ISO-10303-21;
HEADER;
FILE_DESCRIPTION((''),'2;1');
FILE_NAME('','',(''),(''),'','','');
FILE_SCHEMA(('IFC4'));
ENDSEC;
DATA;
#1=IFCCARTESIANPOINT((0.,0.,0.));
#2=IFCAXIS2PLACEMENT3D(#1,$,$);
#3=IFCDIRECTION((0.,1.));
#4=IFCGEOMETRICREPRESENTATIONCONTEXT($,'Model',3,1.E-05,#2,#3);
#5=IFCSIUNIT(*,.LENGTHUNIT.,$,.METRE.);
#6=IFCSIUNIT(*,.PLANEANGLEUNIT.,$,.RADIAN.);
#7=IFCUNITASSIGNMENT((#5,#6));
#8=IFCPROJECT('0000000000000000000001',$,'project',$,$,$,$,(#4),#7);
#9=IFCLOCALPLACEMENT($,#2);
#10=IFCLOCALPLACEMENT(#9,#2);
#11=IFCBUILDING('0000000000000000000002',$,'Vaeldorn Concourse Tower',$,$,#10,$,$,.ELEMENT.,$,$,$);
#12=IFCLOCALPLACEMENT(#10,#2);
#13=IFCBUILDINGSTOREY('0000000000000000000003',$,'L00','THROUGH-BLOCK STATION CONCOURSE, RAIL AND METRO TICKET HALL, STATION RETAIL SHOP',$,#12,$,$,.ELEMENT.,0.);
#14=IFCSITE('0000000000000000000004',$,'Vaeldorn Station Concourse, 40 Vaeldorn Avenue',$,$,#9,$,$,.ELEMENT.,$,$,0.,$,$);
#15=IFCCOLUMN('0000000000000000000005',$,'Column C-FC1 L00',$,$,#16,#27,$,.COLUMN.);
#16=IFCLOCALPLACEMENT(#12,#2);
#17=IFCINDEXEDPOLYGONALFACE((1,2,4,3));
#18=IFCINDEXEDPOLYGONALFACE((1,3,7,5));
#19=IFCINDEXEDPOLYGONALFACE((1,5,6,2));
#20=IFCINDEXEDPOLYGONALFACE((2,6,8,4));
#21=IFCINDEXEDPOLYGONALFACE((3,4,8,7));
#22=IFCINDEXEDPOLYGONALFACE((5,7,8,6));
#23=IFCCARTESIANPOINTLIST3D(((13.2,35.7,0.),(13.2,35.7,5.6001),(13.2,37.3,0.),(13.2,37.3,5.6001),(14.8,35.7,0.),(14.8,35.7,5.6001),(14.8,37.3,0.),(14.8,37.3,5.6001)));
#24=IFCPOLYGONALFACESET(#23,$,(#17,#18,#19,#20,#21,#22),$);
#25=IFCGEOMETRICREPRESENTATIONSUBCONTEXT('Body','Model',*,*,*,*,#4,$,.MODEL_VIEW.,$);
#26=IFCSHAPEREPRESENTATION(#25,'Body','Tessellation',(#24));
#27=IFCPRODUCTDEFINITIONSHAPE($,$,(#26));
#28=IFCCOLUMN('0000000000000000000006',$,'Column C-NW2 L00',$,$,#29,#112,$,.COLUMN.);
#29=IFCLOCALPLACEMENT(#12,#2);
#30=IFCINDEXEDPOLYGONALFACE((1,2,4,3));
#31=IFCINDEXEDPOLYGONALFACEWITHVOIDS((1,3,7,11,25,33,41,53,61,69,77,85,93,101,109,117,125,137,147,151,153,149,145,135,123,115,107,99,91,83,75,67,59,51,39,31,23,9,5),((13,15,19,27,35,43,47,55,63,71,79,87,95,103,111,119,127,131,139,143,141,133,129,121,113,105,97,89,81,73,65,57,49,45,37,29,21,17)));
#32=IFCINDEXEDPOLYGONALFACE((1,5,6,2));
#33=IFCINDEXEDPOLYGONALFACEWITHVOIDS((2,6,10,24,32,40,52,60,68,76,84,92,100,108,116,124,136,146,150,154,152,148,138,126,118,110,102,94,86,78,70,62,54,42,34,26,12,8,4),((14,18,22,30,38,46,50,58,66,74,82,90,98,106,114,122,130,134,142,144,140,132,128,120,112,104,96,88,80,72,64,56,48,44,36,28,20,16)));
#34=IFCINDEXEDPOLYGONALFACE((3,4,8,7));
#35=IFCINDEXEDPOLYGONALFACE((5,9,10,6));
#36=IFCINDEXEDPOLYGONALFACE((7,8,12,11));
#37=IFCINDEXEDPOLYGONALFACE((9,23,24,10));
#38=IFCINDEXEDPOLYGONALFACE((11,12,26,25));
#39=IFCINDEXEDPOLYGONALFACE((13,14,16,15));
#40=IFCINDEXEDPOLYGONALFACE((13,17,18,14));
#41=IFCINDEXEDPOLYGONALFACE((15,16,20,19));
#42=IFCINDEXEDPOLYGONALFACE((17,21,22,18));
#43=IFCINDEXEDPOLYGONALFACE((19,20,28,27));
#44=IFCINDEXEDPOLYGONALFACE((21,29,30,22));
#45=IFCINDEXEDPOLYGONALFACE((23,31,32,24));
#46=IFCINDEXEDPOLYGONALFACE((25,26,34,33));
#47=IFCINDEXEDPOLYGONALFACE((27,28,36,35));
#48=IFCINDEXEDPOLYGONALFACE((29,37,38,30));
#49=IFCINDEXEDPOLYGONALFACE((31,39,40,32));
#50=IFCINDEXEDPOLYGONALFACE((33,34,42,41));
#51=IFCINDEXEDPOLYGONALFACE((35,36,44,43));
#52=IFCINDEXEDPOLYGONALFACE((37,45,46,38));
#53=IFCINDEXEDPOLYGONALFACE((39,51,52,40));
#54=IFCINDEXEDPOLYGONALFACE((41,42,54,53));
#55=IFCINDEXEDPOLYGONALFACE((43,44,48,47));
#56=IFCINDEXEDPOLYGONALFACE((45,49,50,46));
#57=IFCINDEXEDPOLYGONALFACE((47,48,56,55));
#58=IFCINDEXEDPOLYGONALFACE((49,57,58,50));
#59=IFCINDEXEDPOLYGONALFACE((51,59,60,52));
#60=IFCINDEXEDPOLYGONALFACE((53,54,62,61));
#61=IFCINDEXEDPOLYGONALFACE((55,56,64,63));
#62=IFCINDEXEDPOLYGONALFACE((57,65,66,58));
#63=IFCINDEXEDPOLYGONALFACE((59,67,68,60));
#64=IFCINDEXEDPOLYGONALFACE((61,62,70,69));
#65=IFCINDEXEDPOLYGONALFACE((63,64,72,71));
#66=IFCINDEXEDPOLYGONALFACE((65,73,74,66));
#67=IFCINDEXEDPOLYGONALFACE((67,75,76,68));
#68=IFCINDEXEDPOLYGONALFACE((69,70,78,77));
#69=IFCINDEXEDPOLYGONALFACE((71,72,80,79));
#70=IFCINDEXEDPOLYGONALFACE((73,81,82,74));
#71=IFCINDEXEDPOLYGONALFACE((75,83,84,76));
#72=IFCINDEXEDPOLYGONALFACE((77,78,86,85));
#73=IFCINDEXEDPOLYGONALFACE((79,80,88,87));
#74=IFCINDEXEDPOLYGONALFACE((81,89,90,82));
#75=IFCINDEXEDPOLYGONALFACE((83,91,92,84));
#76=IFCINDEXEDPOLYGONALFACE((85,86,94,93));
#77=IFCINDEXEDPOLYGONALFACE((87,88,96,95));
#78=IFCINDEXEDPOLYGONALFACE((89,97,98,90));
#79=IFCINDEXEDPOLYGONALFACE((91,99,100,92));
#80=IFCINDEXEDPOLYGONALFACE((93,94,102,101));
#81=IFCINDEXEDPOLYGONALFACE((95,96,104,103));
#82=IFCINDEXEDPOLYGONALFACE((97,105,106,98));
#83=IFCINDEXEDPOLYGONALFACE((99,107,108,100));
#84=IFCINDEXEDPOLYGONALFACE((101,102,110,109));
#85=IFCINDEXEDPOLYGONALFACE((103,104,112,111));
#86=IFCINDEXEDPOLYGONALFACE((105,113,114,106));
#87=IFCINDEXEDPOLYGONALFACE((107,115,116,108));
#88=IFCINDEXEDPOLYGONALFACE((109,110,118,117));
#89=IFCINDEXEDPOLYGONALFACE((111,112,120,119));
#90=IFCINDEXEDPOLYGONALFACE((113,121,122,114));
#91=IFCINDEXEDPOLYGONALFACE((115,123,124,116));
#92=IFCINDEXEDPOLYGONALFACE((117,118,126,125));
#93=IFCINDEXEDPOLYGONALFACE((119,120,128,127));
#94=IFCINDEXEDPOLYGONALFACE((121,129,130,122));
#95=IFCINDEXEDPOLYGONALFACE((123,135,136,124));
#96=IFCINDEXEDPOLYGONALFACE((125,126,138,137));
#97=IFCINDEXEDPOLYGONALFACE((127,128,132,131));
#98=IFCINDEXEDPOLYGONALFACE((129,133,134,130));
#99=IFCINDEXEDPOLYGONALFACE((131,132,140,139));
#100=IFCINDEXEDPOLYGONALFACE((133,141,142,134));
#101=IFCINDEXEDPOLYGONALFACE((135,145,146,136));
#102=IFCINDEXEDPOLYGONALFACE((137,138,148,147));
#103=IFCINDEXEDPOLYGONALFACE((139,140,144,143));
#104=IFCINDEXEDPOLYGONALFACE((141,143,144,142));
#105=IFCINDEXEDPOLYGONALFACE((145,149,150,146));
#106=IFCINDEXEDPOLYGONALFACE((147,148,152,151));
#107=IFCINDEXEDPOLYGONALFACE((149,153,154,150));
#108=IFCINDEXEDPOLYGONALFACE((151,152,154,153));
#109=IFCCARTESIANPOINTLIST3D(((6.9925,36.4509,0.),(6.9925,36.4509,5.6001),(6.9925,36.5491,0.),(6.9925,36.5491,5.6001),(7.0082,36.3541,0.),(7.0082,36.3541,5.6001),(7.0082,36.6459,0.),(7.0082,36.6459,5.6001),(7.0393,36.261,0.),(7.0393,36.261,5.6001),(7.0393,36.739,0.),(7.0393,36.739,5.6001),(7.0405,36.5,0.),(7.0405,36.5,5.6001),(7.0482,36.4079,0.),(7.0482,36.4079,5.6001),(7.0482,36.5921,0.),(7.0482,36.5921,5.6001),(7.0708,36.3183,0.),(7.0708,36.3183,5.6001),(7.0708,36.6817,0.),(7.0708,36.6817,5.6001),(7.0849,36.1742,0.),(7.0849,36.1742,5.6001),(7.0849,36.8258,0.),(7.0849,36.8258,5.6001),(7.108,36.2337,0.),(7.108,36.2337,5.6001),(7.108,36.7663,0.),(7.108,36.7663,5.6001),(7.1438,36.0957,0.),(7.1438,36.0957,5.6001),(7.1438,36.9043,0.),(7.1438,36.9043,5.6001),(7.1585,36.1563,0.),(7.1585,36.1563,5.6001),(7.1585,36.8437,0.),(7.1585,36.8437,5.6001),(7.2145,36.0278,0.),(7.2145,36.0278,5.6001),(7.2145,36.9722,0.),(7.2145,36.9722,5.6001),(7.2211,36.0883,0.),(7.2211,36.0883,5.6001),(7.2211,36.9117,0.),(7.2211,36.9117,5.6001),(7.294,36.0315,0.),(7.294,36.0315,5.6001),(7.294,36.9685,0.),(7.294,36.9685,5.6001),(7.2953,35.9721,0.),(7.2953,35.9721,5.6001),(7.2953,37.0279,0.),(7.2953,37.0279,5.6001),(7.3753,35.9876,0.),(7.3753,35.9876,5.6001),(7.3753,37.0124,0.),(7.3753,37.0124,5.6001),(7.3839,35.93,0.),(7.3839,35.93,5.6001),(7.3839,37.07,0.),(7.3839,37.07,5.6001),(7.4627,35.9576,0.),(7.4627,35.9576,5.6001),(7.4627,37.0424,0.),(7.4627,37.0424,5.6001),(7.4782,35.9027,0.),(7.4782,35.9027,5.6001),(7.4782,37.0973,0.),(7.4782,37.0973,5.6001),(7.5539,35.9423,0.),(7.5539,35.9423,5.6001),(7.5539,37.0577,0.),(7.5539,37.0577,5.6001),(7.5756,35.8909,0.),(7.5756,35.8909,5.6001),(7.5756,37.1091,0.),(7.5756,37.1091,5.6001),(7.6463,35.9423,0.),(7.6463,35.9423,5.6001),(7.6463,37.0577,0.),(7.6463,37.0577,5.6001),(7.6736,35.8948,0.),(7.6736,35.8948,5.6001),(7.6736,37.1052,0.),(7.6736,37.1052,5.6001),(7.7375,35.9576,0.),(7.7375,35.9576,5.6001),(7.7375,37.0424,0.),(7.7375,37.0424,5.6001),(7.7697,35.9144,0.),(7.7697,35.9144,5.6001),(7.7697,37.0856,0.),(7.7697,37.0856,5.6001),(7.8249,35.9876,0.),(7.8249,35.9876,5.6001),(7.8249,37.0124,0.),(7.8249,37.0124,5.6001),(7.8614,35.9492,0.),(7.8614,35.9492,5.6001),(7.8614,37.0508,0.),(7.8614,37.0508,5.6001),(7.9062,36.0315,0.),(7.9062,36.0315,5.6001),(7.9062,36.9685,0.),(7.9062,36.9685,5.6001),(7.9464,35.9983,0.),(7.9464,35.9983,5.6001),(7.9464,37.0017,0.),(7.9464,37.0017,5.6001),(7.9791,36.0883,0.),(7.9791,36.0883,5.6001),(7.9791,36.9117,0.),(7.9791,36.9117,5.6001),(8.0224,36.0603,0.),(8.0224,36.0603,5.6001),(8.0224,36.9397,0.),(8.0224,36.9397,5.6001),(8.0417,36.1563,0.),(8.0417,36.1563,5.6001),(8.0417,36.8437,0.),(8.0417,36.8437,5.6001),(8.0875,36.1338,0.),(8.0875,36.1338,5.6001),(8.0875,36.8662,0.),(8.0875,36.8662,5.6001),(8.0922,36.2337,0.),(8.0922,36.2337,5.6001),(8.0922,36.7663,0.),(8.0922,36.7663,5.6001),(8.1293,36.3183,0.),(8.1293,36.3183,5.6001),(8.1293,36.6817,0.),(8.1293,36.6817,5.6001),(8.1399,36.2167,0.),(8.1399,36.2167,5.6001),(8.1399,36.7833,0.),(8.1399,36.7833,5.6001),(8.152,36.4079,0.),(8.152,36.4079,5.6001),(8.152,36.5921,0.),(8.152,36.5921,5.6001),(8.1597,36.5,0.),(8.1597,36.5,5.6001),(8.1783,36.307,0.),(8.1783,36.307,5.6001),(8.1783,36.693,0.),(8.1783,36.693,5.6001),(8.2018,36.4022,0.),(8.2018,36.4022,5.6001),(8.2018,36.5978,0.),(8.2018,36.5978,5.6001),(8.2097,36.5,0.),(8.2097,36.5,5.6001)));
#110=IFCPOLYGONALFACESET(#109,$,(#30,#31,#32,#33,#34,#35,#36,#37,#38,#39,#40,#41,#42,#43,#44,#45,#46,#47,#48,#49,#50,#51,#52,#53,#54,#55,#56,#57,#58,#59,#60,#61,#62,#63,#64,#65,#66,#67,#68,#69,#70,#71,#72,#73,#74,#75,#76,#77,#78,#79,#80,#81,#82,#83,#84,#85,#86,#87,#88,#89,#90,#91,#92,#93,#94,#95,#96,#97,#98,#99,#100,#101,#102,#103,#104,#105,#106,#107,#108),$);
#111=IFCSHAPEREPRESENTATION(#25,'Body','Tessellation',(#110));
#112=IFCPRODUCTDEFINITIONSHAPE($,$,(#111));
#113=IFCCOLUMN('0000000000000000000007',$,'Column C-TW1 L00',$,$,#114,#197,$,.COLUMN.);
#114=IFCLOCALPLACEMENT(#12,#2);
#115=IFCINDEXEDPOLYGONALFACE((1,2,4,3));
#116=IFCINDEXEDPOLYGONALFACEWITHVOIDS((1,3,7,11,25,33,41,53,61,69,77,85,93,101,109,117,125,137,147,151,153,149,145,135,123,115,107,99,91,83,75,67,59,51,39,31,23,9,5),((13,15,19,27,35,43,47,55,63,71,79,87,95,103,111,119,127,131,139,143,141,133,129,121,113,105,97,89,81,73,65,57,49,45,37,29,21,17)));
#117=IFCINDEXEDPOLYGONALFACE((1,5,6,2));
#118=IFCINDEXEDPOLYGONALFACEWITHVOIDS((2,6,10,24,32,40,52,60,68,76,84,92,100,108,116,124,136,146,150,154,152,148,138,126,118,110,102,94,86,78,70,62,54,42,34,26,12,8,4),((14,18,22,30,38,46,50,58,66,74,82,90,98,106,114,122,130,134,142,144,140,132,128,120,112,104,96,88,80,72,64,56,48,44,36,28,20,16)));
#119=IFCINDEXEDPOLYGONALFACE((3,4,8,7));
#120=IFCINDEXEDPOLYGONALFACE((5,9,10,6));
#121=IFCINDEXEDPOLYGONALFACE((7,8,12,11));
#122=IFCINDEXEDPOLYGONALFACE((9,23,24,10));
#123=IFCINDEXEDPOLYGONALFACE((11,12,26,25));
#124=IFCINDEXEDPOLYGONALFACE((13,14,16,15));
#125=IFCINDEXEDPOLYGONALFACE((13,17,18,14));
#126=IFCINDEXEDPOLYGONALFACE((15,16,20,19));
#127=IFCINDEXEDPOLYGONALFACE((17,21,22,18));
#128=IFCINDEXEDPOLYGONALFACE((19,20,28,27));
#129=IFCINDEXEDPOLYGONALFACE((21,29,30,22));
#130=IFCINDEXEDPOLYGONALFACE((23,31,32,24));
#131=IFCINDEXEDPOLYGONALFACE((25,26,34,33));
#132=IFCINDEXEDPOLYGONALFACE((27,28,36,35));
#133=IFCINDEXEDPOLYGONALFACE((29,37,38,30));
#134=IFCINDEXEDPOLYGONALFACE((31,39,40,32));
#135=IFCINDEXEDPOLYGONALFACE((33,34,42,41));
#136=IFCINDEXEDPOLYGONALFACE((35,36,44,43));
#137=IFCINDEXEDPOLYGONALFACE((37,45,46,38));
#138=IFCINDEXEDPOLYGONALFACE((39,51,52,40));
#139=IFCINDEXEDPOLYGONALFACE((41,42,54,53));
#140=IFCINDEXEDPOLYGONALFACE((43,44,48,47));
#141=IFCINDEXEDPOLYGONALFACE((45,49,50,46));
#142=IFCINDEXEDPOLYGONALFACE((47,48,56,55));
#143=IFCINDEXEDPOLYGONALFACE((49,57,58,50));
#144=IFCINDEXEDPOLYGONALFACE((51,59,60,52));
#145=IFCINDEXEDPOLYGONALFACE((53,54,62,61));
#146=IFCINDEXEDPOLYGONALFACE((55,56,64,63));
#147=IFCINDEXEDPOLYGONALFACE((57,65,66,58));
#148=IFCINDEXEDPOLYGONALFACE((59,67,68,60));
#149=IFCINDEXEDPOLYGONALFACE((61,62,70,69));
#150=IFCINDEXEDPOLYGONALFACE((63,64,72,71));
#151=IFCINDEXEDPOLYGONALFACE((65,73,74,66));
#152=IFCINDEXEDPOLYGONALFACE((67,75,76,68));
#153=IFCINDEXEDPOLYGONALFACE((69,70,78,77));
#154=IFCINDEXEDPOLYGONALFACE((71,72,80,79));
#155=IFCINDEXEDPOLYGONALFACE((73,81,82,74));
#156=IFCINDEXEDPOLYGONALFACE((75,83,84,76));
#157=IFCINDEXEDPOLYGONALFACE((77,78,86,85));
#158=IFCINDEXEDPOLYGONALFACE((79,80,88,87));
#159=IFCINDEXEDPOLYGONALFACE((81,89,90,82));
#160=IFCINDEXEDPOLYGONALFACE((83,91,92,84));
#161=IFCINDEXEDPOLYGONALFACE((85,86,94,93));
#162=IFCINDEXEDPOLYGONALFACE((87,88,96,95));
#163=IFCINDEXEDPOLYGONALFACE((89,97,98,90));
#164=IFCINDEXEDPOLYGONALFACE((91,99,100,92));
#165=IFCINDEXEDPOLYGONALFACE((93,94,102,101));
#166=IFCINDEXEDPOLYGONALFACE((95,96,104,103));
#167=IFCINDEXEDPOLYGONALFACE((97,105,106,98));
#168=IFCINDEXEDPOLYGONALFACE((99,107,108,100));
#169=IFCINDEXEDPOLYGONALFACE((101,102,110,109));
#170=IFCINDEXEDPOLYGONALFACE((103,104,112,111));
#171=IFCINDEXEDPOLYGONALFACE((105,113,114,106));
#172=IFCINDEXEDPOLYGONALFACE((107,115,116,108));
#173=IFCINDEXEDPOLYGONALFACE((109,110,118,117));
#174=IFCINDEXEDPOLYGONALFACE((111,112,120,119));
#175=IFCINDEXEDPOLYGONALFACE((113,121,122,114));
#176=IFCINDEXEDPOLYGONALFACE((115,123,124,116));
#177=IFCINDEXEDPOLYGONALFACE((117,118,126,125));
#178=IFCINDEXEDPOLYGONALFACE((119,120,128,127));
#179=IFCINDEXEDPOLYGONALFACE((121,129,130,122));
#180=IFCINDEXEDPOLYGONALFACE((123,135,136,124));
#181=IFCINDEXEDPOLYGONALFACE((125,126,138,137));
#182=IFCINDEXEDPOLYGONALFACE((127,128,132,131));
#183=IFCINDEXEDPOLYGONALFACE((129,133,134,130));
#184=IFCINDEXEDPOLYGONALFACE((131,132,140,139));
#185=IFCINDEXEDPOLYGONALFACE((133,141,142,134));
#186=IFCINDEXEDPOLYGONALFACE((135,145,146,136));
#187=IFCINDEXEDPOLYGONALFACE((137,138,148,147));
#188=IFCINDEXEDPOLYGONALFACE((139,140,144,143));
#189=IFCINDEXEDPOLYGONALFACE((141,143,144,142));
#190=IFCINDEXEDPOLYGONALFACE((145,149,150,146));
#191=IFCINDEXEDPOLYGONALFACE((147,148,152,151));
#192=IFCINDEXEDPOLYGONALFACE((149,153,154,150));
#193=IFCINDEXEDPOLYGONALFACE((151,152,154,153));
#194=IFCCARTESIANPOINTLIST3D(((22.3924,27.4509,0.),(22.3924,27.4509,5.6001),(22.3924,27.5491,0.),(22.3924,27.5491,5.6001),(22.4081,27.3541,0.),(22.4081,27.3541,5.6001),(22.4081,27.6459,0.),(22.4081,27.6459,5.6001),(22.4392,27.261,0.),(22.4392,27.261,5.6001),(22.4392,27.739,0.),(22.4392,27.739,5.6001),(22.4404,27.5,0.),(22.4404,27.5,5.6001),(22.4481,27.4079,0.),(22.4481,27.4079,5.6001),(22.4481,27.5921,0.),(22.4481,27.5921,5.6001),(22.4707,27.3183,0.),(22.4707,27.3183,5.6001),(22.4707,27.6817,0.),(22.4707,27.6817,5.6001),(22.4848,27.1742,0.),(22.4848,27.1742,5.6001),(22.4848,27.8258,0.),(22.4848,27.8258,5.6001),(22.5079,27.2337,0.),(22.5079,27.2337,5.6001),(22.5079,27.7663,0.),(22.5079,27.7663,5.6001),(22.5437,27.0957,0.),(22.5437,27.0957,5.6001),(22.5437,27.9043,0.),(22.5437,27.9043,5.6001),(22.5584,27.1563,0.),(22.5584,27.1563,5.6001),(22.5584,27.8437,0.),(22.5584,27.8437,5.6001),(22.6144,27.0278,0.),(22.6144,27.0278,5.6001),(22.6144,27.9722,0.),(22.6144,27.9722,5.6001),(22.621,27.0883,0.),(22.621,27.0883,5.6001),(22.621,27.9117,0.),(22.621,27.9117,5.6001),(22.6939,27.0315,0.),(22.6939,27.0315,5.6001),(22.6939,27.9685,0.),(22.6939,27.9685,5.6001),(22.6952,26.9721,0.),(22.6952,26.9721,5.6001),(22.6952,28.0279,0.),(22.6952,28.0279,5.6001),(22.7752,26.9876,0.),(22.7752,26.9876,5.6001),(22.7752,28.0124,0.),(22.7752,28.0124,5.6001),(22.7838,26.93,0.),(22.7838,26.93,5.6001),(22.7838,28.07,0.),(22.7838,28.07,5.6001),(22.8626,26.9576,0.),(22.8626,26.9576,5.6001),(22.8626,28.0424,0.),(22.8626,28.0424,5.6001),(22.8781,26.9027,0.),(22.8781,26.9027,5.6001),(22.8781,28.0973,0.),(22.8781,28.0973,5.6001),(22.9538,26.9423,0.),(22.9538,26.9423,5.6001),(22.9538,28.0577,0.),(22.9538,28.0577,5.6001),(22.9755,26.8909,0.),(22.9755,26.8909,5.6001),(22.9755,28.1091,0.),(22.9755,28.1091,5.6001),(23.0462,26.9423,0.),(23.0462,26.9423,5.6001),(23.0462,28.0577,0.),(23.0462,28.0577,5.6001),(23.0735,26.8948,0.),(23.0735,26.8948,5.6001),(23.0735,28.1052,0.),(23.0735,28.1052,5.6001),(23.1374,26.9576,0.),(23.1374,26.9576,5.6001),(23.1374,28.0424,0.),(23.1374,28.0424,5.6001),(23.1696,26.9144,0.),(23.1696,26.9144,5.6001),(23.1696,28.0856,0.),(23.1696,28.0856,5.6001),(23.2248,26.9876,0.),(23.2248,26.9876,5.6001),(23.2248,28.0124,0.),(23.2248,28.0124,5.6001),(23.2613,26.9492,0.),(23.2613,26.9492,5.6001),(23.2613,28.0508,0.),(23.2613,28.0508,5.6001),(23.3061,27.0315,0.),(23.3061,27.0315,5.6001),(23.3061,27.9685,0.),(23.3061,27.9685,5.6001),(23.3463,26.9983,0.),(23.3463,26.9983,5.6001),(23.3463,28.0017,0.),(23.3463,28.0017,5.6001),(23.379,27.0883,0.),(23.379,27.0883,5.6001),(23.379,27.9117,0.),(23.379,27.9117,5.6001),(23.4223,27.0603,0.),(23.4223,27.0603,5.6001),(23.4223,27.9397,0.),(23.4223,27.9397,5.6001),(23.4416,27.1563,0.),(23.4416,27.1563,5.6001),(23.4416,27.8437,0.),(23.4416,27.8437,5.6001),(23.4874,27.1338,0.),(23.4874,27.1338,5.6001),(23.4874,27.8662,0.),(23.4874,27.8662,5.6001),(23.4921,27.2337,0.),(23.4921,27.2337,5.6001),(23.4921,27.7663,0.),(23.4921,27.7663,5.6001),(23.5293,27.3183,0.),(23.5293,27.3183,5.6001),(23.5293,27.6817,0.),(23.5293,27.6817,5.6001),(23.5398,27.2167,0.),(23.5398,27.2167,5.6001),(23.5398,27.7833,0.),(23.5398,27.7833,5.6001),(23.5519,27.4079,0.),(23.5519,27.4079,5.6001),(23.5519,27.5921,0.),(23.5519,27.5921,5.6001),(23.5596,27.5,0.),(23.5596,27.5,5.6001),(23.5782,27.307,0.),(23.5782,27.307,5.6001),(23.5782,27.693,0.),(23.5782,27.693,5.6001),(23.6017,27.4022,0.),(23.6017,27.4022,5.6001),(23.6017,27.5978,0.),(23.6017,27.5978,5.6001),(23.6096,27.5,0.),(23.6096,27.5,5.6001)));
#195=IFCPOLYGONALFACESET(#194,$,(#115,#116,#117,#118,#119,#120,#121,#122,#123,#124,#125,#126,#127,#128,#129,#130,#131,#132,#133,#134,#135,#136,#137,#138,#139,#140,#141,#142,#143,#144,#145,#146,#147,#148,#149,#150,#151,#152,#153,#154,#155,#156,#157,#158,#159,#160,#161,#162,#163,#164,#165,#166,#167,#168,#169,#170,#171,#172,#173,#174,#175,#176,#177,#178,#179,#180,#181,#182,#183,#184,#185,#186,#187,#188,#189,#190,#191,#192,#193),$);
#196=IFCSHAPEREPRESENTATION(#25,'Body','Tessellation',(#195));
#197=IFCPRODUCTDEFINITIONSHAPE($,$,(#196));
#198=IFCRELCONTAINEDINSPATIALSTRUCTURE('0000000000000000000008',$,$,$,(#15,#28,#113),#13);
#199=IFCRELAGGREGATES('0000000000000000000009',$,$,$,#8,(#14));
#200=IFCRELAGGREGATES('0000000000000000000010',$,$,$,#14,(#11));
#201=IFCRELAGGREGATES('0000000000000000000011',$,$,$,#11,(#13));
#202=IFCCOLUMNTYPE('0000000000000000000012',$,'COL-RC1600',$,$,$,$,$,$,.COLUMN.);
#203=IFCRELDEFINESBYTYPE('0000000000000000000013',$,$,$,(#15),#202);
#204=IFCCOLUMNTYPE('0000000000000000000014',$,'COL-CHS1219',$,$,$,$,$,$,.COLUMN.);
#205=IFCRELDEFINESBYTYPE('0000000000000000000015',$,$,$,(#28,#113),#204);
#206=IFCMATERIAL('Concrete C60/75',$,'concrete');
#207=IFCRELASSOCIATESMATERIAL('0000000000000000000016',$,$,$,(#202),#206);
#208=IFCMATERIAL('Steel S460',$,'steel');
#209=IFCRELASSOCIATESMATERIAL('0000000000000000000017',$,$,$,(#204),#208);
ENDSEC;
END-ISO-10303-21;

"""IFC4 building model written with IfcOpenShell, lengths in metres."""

from ifc_helpers import new_model, si_unit, direction, frame, origin, origin_2d, place, context, subcontext, project, spatial, rectangle, hollow_circle, extrude, source, transform, mapped, material, material_profile, profile_set, type_object, element, save


model = new_model("IFC4")

# Units and contexts
model_context = context("Model", 3, precision=1e-05, world=origin(), true_north=direction((0.0, 1.0)))
body_context = subcontext(model_context, "Body", "Model", "MODEL_VIEW")
ifc_project = project(units=[si_unit("LENGTHUNIT", "METRE"), si_unit("PLANEANGLEUNIT", "RADIAN")], contexts=[model_context])

# Site, building, storey
site_placement = place(None, origin())
site = spatial("IfcSite", under=ifc_project, at=site_placement, Name="Vaeldorn Station Concourse, 40 Vaeldorn Avenue", CompositionType="ELEMENT", RefElevation=0.0)
building_placement = place(site_placement, origin())
building = spatial("IfcBuilding", under=site, at=building_placement, Name="Vaeldorn Concourse Tower", CompositionType="ELEMENT")
storey_placement = place(building_placement, origin())
storey = spatial("IfcBuildingStorey", under=building, at=storey_placement, Name="L00", Description="THROUGH-BLOCK STATION CONCOURSE, RAIL AND METRO TICKET HALL, STATION RETAIL SHOP", CompositionType="ELEMENT", Elevation=0.0)

# Columns
ifc_material_1 = material(Name="Concrete C60/75", Category="concrete")
ifc_material_profile_1 = material_profile(ifc_material_1, rectangle(XDim=1.6001, YDim=1.6001, at=origin_2d()), Name="RC 1600x1600")
ifc_profile_set_1 = profile_set([ifc_material_profile_1], Name="Concrete C60/75")
column_type_1 = type_object("IfcColumnType", Name="COL-RC1600", PredefinedType="COLUMN", material=ifc_profile_set_1)
shared_shape_1 = source(origin(), body_context, "Body", "SweptSolid", [
    extrude(rectangle(XDim=1.6001, YDim=1.6001, at=origin_2d()), origin(), (0.0, 0.0, 1.0), 5.6001),
])
column_1_placement = place(storey_placement, frame((14.0, 36.5, 0.0), z_axis=(0.0, 0.0, 1.0), x_axis=(1.0, 0.0, 0.0)))
element("IfcColumn", 1, at=column_1_placement, inside=storey, type_object=column_type_1, Name="Column C-FC1 L00", PredefinedType="COLUMN", context=body_context, shape_type="MappedRepresentation", body=[
    mapped(shared_shape_1, transform((0.0, 0.0, 0.0), scale=1.0)),
])
ifc_material_2 = material(Name="Steel S460", Category="steel")
ifc_material_profile_2 = material_profile(ifc_material_2, hollow_circle(Radius=0.6096, WallThickness=0.05, at=origin_2d()), Name="CHS 1219x50")
ifc_profile_set_2 = profile_set([ifc_material_profile_2], Name="Steel S460")
column_type_2 = type_object("IfcColumnType", Name="COL-CHS1219", PredefinedType="COLUMN", material=ifc_profile_set_2)
shared_shape_2 = source(origin(), body_context, "Body", "SweptSolid", [
    extrude(hollow_circle(Radius=0.6096, WallThickness=0.05, at=origin_2d()), origin(), (0.0, 0.0, 1.0), 5.6001),
])
for number, where, z_axis, x_axis, name in (
    (2, (7.6001, 36.5, 0.0), (0.0, 0.0, 1.0), (1.0, 0.0, 0.0), "Column C-NW2 L00"),
    (3, (23.0, 27.5, 0.0), (0.0, 0.0, 1.0), (1.0, 0.0, 0.0), "Column C-TW1 L00"),
):
    element("IfcColumn", number, at=place(storey_placement, frame(where, z_axis=z_axis, x_axis=x_axis)), inside=storey, type_object=column_type_2, Name=name, PredefinedType="COLUMN", context=body_context, shape_type="MappedRepresentation", body=[
        mapped(shared_shape_2, transform((0.0, 0.0, 0.0), scale=1.0)),
    ])

save(model, "model.ifc")
